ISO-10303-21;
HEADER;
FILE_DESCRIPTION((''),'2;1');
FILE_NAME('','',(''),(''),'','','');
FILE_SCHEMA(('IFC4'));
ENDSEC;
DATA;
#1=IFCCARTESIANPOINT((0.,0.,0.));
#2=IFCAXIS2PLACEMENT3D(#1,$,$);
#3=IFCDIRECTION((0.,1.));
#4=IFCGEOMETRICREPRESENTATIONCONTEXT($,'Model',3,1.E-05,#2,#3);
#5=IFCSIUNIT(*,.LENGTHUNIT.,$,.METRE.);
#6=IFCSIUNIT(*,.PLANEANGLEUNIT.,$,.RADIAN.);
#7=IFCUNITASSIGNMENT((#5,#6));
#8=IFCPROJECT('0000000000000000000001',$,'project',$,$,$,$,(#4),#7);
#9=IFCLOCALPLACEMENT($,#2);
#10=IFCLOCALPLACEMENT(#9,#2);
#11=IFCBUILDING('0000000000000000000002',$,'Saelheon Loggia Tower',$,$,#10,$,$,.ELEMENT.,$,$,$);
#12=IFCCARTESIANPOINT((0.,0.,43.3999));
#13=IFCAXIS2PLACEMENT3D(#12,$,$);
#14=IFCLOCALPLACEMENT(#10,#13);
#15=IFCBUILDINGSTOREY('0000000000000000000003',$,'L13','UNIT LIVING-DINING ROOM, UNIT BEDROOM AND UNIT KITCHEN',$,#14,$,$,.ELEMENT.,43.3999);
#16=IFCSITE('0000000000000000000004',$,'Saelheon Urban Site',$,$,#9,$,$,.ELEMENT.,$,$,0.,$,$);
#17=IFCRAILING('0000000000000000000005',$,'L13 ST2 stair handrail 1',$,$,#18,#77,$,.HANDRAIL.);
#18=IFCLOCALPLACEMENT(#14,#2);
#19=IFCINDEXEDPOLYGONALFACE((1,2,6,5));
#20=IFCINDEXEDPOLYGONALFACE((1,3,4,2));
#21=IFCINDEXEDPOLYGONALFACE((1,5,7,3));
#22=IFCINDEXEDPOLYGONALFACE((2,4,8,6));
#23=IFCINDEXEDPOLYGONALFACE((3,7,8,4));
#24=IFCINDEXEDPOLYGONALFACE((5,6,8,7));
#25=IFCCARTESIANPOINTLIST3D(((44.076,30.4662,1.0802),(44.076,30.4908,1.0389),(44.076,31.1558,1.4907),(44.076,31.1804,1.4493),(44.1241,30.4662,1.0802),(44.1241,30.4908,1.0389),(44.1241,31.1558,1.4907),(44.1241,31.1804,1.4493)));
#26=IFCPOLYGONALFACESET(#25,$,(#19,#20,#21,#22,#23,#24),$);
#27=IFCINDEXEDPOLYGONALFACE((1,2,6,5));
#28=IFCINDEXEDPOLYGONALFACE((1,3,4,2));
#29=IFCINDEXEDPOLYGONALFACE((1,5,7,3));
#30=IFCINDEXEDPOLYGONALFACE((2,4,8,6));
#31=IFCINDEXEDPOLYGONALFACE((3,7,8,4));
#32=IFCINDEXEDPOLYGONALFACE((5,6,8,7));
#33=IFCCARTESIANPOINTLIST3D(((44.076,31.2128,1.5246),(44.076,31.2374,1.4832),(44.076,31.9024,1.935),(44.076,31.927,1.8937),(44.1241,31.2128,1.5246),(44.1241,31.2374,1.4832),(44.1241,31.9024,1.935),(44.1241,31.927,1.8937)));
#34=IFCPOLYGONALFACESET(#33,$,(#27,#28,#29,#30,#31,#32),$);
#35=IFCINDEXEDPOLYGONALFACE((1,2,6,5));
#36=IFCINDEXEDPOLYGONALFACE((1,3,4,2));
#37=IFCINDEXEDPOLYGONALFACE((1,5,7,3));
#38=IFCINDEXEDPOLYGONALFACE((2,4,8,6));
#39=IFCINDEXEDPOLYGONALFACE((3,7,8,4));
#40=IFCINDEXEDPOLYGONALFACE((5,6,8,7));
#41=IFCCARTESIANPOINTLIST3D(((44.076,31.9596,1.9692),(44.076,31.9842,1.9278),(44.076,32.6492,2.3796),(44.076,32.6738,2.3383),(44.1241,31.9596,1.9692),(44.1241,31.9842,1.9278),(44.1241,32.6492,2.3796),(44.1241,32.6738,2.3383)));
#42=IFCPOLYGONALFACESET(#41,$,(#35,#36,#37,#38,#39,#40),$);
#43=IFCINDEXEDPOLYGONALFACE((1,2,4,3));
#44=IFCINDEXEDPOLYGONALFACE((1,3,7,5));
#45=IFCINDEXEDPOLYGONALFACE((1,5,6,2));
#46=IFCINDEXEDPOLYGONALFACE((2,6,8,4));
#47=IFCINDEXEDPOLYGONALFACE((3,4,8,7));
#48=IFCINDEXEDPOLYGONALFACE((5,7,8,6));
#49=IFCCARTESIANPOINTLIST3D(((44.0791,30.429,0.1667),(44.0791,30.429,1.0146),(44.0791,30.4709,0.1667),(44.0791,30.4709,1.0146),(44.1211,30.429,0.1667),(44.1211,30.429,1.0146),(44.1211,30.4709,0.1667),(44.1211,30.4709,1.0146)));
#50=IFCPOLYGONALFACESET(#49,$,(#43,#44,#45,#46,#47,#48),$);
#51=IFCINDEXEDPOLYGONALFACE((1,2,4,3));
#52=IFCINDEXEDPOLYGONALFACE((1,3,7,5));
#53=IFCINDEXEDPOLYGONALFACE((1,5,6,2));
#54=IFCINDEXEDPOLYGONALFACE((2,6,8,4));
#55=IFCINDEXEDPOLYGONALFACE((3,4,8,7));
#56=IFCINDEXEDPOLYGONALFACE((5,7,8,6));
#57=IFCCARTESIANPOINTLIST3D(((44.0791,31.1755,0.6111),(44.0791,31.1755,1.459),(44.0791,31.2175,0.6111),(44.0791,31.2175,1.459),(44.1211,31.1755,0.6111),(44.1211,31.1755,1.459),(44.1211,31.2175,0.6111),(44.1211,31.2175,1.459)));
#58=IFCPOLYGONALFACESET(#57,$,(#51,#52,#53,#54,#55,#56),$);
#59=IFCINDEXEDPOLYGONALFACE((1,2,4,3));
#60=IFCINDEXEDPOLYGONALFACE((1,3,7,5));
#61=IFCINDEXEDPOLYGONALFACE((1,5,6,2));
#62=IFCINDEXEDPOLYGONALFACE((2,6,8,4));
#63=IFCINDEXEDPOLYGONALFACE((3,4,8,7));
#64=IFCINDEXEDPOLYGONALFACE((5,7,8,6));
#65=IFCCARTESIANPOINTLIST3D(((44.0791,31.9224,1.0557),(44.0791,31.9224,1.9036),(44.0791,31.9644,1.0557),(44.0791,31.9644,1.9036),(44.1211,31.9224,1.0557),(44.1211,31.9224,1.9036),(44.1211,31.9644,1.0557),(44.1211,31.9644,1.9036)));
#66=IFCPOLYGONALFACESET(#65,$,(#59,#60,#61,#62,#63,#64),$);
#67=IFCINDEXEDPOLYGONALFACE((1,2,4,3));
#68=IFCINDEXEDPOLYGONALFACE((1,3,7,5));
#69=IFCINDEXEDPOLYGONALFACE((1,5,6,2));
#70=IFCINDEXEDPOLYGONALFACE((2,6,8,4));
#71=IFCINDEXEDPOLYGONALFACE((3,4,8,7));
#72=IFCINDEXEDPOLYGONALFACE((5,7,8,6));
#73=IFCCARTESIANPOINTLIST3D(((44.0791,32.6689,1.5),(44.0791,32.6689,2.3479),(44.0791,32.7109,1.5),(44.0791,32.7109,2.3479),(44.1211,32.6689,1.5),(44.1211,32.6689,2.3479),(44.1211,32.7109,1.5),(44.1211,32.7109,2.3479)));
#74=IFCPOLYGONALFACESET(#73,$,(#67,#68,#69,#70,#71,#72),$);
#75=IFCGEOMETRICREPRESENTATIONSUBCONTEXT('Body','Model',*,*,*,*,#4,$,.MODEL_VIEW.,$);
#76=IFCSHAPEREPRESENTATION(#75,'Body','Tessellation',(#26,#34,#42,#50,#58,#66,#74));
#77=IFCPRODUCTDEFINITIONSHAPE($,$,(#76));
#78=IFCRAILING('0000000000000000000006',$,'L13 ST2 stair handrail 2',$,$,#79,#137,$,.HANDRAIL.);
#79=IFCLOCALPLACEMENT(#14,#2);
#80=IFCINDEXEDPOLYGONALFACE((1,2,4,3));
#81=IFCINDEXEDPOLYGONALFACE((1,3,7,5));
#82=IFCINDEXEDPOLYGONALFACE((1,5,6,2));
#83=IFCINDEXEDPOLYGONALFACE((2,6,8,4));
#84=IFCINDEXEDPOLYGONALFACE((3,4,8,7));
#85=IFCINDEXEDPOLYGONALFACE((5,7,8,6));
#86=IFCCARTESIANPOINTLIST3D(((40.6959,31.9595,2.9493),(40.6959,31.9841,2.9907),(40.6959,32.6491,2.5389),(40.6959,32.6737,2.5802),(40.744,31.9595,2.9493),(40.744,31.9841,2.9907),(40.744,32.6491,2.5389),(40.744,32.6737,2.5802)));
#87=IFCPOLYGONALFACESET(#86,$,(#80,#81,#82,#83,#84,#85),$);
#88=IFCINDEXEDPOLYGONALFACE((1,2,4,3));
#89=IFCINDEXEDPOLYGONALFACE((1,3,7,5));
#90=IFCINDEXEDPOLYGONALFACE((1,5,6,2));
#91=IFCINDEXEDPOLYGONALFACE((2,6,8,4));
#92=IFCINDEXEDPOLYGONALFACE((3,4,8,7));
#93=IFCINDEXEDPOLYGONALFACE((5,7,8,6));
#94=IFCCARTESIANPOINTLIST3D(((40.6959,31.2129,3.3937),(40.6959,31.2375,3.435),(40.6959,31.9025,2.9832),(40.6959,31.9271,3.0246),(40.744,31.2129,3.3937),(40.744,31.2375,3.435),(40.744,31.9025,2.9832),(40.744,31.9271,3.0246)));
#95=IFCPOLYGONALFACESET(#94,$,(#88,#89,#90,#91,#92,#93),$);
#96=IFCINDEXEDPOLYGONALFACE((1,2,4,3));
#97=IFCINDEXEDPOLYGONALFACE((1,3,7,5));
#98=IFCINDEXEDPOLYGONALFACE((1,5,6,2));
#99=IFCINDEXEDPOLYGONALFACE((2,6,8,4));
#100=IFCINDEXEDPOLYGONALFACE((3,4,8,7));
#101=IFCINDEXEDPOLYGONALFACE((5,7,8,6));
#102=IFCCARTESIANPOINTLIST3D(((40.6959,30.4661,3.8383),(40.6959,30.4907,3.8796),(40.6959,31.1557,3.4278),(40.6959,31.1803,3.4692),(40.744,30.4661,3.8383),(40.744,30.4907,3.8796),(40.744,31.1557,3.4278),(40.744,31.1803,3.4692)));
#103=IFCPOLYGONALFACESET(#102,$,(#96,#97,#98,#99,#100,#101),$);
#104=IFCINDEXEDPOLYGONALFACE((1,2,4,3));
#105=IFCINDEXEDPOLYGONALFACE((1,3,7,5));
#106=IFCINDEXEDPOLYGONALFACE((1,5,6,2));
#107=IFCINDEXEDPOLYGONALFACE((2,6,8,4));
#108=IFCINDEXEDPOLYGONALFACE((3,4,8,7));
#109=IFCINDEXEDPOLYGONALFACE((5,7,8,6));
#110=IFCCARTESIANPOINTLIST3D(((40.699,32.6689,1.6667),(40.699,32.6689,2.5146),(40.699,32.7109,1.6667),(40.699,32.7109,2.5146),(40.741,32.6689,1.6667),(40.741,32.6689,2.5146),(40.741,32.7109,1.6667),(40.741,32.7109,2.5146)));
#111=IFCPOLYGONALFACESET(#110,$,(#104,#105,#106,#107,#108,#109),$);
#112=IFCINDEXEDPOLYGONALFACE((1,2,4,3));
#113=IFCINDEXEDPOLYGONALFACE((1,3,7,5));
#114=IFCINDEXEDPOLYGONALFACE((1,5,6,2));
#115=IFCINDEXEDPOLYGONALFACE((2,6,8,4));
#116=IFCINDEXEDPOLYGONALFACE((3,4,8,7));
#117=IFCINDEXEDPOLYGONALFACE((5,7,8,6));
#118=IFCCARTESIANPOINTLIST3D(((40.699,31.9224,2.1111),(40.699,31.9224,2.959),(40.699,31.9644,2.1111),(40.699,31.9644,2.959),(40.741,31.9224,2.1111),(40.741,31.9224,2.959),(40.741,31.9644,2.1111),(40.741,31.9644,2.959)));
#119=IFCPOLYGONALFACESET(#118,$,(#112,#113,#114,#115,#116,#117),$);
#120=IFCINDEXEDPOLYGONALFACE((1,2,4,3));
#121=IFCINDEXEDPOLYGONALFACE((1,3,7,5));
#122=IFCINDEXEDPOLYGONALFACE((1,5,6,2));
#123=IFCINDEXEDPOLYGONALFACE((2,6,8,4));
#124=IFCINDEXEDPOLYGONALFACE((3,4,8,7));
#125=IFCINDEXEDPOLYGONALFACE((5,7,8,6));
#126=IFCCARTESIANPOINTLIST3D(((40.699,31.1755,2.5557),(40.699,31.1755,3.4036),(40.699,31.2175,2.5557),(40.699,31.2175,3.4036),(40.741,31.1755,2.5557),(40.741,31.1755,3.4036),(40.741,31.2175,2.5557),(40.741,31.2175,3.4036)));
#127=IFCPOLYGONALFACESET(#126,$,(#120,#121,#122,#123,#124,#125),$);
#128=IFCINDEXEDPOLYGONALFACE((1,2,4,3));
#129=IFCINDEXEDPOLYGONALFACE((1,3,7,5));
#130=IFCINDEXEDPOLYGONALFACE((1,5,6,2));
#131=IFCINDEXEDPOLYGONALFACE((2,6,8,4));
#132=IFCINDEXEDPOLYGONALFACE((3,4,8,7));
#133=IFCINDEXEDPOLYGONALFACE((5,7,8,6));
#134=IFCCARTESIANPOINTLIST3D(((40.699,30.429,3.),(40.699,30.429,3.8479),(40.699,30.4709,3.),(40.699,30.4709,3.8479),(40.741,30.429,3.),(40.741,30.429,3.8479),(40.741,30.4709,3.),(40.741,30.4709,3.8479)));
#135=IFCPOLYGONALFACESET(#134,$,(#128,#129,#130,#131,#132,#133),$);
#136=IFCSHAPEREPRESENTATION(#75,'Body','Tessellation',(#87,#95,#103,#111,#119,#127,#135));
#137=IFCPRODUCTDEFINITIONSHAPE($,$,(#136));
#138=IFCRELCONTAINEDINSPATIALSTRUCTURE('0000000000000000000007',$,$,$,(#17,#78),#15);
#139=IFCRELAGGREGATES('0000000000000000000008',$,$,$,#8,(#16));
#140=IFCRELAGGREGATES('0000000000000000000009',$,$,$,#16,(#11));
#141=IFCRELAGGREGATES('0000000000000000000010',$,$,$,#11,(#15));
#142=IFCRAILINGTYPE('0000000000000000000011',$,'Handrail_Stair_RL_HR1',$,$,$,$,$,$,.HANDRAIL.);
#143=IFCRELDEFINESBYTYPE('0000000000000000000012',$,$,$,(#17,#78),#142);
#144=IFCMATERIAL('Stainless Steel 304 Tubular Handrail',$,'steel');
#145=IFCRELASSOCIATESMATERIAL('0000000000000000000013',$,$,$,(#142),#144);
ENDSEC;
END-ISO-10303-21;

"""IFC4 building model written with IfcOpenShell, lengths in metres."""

from ifc_helpers import new_model, si_unit, direction, frame, origin, origin_2d, place, context, subcontext, project, spatial, rectangle, extrude, material, type_object, element, save


model = new_model("IFC4")

# Units and contexts
model_context = context("Model", 3, precision=1e-05, world=origin(), true_north=direction((0.0, 1.0)))
body_context = subcontext(model_context, "Body", "Model", "MODEL_VIEW")
ifc_project = project(units=[si_unit("LENGTHUNIT", "METRE"), si_unit("PLANEANGLEUNIT", "RADIAN")], contexts=[model_context])

# Site, building, storey
site_placement = place(None, origin())
site = spatial("IfcSite", under=ifc_project, at=site_placement, Name="Saelheon Urban Site", CompositionType="ELEMENT", RefElevation=0.0)
building_placement = place(site_placement, origin())
building = spatial("IfcBuilding", under=site, at=building_placement, Name="Saelheon Loggia Tower", CompositionType="ELEMENT")
storey_placement = place(building_placement, frame((0.0, 0.0, 43.3999)))
storey = spatial("IfcBuildingStorey", under=building, at=storey_placement, Name="L13", Description="UNIT LIVING-DINING ROOM, UNIT BEDROOM AND UNIT KITCHEN", CompositionType="ELEMENT", Elevation=43.3999)

# Railings
ifc_material_1 = material(Name="Stainless Steel 304 Tubular Handrail", Category="steel")
railing_type_1 = type_object("IfcRailingType", Name="Handrail_Stair_RL_HR1", PredefinedType="HANDRAIL", material=ifc_material_1)
railing_1_placement = place(storey_placement, frame((44.1001, 30.45, 0.1667)))
element("IfcRailing", 1, at=railing_1_placement, inside=storey, type_object=railing_type_1, Name="L13 ST2 stair handrail 1", PredefinedType="HANDRAIL", context=body_context, shape_type="SweptSolid", body=[
    extrude(rectangle(XDim=0.0481, YDim=0.0481, at=origin_2d()), frame((0.0, 0.0286, 0.8928), z_axis=(0.0, 0.859306, 0.511462), x_axis=(-1.0, 0.0, 0.0)), (0.0, 0.0, 1.0), 0.8025),
    extrude(rectangle(XDim=0.0481, YDim=0.0481, at=origin_2d()), frame((0.0, 0.7751, 1.3372), z_axis=(0.0, 0.859306, 0.511462), x_axis=(-1.0, 0.0, 0.0)), (0.0, 0.0, 1.0), 0.8025),
    extrude(rectangle(XDim=0.0481, YDim=0.0481, at=origin_2d()), frame((0.0, 1.522, 1.7817), z_axis=(0.0, 0.859306, 0.511462), x_axis=(-1.0, 0.0, 0.0)), (0.0, 0.0, 1.0), 0.8025),
    extrude(rectangle(XDim=0.042, YDim=0.042, at=origin_2d()), origin(), (0.0, 0.0, 1.0), 0.8479),
    extrude(rectangle(XDim=0.042, YDim=0.042, at=origin_2d()), frame((0.0, 0.7466, 0.4443)), (0.0, 0.0, 1.0), 0.8479),
    extrude(rectangle(XDim=0.042, YDim=0.042, at=origin_2d()), frame((0.0, 1.4934, 0.8889)), (0.0, 0.0, 1.0), 0.8479),
    extrude(rectangle(XDim=0.042, YDim=0.042, at=origin_2d()), frame((0.0, 2.24, 1.3333)), (0.0, 0.0, 1.0), 0.8479),
])
railing_2_placement = place(storey_placement, frame((40.72, 32.6899, 1.6667)))
element("IfcRailing", 2, at=railing_2_placement, inside=storey, type_object=railing_type_1, Name="L13 ST2 stair handrail 2", PredefinedType="HANDRAIL", context=body_context, shape_type="SweptSolid", body=[
    extrude(rectangle(XDim=0.0481, YDim=0.0481, at=origin_2d()), frame((0.0, -0.0286, 0.8928), z_axis=(0.0, -0.859306, 0.511462), x_axis=(1.0, 0.0, 0.0)), (0.0, 0.0, 1.0), 0.8025),
    extrude(rectangle(XDim=0.0481, YDim=0.0481, at=origin_2d()), frame((0.0, -0.7751, 1.3372), z_axis=(0.0, -0.859306, 0.511462), x_axis=(1.0, 0.0, 0.0)), (0.0, 0.0, 1.0), 0.8025),
    extrude(rectangle(XDim=0.0481, YDim=0.0481, at=origin_2d()), frame((0.0, -1.522, 1.7817), z_axis=(0.0, -0.859306, 0.511462), x_axis=(1.0, 0.0, 0.0)), (0.0, 0.0, 1.0), 0.8025),
    extrude(rectangle(XDim=0.042, YDim=0.042, at=origin_2d()), origin(), (0.0, 0.0, 1.0), 0.8479),
    extrude(rectangle(XDim=0.042, YDim=0.042, at=origin_2d()), frame((0.0, -0.7466, 0.4443)), (0.0, 0.0, 1.0), 0.8479),
    extrude(rectangle(XDim=0.042, YDim=0.042, at=origin_2d()), frame((0.0, -1.4934, 0.8889)), (0.0, 0.0, 1.0), 0.8479),
    extrude(rectangle(XDim=0.042, YDim=0.042, at=origin_2d()), frame((0.0, -2.24, 1.3333)), (0.0, 0.0, 1.0), 0.8479),
])

save(model, "model.ifc")
